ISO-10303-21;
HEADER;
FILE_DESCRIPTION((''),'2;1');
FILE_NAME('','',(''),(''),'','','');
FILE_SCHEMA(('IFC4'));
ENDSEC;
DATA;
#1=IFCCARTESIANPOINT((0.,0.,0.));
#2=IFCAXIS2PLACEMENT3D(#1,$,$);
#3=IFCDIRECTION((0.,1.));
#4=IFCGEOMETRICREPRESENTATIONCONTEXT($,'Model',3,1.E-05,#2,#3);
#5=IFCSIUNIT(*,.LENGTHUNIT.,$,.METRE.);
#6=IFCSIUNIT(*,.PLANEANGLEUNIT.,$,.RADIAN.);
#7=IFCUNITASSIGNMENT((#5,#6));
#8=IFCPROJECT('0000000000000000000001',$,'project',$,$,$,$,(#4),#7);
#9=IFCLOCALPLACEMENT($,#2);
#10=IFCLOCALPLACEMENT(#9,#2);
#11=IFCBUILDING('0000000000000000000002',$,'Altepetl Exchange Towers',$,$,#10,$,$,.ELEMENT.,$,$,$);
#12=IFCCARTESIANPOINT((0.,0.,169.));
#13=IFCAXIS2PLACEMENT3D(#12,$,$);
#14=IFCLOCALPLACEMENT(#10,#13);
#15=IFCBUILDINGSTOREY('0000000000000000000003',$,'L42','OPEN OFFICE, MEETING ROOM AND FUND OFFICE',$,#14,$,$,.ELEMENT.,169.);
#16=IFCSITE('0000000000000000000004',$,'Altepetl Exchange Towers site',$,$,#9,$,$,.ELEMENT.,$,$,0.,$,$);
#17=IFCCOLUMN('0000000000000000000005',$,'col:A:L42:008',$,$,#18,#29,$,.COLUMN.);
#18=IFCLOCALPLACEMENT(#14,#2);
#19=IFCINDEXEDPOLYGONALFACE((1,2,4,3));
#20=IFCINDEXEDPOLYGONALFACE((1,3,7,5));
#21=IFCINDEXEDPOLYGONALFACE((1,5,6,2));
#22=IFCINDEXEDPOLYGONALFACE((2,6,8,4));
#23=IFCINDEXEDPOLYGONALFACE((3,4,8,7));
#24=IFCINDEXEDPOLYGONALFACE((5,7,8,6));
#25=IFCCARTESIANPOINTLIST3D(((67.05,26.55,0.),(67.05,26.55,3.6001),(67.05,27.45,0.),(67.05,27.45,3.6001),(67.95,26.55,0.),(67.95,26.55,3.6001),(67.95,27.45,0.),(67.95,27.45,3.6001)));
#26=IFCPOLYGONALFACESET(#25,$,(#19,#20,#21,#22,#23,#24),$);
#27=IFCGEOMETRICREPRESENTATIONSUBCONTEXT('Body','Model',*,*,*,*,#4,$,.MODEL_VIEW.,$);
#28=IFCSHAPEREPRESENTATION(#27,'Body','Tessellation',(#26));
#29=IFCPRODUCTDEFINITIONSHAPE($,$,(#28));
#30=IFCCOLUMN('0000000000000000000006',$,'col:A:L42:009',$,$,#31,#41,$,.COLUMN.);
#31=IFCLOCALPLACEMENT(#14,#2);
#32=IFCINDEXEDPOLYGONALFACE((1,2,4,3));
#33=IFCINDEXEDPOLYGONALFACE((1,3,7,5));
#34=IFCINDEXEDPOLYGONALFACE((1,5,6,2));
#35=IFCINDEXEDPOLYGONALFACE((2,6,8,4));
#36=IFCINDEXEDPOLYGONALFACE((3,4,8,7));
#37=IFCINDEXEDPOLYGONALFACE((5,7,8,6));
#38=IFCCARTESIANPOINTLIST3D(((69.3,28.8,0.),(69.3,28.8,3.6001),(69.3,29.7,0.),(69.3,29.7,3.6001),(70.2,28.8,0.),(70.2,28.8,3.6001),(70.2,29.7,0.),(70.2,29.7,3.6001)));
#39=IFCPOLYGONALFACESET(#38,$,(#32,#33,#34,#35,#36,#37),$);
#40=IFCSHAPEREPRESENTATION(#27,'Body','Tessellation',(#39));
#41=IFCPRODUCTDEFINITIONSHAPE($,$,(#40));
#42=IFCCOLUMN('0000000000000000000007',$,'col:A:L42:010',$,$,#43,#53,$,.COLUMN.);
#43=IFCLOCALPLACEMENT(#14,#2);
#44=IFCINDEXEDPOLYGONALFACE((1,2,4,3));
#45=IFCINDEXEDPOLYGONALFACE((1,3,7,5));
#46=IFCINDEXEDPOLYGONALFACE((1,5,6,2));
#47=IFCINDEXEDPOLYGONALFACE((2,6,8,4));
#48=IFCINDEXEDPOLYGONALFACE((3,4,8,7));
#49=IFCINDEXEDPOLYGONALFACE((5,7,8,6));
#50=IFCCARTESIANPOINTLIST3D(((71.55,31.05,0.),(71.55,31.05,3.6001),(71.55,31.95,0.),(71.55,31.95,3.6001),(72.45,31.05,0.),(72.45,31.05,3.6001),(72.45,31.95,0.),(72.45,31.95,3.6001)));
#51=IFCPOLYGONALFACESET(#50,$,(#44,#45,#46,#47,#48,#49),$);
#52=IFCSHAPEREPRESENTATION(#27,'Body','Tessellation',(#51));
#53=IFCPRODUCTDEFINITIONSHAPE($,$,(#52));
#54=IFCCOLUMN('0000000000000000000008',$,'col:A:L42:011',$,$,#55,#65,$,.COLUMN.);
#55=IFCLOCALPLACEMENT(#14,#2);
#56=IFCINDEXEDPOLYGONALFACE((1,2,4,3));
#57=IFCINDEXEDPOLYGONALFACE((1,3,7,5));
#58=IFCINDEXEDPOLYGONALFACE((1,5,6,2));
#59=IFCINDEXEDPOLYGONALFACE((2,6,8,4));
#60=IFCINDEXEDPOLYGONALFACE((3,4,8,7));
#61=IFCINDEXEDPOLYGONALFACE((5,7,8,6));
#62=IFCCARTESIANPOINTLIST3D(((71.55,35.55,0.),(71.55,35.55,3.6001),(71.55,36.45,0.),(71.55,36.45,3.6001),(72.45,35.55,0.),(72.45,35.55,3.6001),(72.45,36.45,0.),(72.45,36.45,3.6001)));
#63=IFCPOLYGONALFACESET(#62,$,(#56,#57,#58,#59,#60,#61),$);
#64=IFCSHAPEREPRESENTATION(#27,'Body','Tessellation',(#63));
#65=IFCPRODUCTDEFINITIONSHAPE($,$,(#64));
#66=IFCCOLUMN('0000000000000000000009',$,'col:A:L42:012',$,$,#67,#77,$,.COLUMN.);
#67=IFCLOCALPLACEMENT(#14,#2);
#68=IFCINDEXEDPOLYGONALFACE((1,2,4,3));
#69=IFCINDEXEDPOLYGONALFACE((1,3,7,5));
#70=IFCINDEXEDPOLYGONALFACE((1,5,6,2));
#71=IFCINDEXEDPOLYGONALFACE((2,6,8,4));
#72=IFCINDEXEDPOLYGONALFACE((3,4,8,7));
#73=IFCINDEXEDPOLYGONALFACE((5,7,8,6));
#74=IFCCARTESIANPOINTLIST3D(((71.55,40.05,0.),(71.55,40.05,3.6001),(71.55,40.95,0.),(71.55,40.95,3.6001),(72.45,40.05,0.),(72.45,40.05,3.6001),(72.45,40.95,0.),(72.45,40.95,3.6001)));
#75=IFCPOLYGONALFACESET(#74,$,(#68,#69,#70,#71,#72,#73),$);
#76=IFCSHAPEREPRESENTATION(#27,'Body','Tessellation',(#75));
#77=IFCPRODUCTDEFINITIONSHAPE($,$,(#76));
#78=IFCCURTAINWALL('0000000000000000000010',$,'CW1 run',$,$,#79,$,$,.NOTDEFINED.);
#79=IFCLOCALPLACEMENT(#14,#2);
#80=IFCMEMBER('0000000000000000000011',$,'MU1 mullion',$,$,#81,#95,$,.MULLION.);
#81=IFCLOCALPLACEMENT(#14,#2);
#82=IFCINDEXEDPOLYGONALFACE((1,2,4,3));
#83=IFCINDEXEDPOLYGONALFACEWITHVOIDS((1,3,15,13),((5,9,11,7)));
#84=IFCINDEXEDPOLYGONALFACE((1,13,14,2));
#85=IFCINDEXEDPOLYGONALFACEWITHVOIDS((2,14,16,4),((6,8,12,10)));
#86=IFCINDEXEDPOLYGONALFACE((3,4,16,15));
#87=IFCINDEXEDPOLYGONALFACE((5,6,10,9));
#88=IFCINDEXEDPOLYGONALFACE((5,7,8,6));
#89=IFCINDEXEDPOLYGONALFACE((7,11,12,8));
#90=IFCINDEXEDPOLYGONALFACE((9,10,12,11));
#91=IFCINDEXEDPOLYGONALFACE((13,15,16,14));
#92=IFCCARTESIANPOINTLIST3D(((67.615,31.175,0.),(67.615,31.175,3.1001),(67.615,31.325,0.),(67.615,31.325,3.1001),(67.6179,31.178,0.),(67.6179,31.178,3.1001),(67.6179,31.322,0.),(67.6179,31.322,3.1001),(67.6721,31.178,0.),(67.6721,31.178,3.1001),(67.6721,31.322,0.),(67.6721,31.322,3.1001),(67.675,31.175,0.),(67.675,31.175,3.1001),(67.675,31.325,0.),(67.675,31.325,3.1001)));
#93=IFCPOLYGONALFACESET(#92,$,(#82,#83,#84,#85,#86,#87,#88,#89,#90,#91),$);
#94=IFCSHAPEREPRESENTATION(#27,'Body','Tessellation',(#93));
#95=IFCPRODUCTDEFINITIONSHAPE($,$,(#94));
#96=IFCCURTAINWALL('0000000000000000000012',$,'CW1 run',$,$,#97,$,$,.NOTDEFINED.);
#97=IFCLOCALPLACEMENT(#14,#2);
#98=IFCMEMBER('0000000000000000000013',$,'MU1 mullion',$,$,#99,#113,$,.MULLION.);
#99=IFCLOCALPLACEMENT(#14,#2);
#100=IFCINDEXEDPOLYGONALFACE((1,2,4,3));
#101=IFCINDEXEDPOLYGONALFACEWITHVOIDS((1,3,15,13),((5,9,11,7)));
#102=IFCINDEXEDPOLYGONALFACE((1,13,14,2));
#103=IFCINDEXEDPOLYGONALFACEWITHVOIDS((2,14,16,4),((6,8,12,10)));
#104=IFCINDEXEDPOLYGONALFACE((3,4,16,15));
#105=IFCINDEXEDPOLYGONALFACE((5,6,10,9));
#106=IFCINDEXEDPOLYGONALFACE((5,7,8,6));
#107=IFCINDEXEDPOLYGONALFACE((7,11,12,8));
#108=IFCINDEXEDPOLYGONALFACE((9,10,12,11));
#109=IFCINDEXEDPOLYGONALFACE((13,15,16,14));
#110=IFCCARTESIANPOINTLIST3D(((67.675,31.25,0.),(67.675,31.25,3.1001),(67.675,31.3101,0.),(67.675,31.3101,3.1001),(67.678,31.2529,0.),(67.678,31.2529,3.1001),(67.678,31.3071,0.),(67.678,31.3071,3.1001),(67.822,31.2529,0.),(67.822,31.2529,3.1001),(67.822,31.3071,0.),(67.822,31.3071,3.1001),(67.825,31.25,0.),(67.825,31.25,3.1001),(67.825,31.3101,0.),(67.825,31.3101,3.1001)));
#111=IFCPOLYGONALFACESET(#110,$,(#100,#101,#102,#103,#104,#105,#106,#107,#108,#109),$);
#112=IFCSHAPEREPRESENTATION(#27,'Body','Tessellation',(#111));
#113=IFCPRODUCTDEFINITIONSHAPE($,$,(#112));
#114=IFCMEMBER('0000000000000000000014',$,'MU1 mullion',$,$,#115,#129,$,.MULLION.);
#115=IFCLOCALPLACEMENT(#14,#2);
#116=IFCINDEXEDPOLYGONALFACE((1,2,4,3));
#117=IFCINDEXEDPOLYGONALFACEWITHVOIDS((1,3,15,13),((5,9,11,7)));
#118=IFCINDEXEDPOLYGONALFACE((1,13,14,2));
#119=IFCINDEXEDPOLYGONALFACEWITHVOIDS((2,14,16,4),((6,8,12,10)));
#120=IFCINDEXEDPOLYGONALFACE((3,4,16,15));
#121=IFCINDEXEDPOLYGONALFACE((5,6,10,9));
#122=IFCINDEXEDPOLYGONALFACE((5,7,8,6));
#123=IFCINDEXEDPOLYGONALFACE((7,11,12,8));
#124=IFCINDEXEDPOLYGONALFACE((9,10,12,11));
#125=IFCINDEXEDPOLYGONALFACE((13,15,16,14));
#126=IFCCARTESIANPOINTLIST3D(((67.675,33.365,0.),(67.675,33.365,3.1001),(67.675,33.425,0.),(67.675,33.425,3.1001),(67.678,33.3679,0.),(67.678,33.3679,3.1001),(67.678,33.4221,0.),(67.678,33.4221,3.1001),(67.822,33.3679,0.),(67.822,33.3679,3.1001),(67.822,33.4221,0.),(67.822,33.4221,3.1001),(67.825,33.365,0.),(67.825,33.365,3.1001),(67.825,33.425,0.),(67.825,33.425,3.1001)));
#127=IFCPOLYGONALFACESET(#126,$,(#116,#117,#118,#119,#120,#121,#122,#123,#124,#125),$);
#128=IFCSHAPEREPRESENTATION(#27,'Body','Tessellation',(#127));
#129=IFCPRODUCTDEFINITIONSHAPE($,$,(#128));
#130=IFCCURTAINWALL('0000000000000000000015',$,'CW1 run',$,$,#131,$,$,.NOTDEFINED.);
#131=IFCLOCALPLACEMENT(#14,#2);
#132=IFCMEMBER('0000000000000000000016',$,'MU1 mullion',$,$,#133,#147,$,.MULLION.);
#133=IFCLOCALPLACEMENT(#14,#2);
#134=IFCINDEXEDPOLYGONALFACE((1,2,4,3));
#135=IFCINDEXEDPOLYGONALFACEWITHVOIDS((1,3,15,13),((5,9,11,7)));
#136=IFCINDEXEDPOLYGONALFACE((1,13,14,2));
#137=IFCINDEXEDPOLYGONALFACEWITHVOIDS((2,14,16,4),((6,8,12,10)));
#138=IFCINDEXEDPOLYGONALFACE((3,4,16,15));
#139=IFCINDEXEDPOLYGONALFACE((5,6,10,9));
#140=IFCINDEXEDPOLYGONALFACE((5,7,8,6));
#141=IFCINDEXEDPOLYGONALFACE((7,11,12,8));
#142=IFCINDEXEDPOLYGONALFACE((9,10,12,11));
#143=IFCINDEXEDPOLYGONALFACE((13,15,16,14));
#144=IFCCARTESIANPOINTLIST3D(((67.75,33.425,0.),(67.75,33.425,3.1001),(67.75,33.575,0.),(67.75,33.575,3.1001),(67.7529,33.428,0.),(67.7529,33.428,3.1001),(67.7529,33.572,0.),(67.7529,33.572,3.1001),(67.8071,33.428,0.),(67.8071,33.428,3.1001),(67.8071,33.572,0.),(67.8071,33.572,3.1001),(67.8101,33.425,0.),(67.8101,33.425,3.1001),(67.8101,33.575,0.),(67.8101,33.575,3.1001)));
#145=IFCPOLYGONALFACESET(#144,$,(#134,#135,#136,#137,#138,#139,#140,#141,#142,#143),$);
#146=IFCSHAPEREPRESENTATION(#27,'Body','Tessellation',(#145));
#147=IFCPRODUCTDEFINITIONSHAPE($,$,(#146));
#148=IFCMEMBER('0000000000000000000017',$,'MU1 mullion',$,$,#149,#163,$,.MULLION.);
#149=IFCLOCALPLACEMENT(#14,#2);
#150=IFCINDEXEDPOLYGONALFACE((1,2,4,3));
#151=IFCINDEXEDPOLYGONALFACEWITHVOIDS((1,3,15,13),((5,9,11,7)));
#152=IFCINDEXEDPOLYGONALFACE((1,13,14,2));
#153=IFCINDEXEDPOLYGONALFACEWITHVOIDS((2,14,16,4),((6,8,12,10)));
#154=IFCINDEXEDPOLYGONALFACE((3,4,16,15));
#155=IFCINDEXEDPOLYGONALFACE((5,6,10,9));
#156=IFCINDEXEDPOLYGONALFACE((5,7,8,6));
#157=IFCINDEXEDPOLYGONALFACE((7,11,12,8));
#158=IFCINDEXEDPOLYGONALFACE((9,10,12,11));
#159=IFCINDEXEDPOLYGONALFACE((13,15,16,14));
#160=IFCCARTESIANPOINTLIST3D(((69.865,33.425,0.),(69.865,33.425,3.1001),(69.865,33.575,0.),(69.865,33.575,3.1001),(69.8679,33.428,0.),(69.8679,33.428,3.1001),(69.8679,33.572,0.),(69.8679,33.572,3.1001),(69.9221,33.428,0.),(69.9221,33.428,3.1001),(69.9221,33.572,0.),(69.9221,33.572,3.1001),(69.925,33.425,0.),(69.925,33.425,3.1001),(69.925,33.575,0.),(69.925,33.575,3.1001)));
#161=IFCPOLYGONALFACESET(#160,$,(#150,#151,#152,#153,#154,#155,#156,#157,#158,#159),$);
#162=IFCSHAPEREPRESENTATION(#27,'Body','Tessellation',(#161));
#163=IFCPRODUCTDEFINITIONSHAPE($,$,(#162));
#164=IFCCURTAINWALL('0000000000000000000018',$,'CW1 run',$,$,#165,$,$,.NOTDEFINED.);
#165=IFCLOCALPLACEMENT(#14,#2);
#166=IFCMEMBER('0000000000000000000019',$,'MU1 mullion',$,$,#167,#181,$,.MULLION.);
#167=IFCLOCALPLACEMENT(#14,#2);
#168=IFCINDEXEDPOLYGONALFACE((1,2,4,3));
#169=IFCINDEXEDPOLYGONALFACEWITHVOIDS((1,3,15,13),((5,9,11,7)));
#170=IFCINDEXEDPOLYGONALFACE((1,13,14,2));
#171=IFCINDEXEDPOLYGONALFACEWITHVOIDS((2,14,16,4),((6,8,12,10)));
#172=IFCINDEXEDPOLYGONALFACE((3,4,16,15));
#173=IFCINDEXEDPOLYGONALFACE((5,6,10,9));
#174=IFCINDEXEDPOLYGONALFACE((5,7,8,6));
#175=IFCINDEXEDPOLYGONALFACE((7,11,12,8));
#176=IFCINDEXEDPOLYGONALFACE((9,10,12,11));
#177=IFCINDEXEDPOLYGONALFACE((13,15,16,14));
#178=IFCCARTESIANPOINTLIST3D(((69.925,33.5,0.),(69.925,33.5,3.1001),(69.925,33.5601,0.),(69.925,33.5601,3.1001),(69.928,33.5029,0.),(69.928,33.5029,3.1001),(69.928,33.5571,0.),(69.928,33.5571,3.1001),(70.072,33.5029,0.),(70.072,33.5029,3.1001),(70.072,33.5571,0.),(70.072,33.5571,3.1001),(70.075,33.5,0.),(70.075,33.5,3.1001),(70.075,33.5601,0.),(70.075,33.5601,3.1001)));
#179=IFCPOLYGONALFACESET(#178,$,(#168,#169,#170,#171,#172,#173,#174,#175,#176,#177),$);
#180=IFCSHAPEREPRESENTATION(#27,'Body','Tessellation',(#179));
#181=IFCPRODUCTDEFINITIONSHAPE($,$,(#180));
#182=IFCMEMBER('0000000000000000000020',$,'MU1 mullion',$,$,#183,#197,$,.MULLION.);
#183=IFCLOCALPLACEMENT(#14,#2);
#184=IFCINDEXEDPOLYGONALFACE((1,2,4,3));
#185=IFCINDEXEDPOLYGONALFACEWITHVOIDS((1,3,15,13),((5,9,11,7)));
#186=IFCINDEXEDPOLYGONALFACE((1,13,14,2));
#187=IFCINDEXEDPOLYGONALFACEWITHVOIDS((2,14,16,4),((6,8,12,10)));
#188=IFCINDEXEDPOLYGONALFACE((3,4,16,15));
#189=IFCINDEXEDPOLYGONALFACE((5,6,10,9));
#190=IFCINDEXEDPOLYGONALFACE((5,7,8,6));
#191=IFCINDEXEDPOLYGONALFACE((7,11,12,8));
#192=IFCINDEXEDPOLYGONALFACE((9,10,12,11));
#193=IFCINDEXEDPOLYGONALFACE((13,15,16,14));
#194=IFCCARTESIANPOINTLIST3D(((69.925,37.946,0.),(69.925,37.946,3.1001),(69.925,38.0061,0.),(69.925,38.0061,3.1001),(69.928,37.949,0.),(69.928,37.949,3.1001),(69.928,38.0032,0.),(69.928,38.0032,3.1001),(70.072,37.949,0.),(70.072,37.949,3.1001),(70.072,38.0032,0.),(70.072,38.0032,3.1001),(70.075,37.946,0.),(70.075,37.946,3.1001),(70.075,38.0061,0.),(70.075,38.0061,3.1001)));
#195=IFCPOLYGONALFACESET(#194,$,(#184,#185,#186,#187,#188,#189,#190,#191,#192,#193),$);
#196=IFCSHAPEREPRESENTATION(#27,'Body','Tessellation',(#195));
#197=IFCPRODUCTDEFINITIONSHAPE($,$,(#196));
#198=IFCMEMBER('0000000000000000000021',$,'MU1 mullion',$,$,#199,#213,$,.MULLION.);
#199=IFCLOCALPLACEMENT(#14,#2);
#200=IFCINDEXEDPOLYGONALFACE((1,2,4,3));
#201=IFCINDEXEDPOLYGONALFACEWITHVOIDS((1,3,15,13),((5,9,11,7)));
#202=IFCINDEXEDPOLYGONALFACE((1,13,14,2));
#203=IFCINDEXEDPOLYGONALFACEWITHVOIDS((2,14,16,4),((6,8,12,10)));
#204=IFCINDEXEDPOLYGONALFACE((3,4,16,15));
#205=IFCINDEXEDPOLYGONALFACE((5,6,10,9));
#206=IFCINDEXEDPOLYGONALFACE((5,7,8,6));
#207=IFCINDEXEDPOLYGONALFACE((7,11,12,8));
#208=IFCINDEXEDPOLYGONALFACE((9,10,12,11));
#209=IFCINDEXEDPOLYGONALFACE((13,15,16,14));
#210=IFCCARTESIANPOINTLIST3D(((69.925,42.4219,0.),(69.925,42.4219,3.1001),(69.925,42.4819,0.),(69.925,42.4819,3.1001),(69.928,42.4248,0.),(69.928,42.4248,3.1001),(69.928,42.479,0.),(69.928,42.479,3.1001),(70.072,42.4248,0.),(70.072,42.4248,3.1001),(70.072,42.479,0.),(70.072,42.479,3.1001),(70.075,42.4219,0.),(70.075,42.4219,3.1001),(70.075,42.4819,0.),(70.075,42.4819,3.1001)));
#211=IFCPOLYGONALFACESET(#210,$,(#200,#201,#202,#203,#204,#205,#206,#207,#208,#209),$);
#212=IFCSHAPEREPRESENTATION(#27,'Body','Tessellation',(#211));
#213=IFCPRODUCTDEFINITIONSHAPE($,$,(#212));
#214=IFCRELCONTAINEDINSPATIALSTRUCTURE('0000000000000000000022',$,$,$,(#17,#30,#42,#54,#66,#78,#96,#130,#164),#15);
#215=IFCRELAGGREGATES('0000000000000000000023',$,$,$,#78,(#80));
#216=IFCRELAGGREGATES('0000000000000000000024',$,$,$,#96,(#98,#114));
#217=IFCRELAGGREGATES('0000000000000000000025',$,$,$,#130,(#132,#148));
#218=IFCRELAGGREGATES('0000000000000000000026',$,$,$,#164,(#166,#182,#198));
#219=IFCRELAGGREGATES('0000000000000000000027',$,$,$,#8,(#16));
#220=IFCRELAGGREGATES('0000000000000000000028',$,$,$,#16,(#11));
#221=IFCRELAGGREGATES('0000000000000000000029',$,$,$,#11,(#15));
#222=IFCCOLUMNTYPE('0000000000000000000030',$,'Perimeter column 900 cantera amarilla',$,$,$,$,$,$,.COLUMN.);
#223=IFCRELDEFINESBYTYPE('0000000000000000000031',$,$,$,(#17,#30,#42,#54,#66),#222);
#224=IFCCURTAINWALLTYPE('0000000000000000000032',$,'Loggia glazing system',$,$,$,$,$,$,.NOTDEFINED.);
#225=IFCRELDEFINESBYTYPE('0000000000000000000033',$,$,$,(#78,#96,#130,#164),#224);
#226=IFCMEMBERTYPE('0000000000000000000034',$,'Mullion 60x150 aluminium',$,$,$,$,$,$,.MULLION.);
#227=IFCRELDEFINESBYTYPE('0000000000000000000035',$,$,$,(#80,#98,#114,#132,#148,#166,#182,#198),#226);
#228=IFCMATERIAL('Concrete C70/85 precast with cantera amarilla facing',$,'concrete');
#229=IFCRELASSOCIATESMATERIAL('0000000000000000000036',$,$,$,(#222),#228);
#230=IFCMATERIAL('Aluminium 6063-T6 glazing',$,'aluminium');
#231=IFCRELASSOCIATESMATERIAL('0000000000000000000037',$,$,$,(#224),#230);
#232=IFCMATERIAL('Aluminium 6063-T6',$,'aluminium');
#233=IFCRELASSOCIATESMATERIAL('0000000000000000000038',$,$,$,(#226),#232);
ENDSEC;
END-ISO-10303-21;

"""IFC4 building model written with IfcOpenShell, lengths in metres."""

from ifc_helpers import new_model, si_unit, direction, frame, origin, origin_2d, place, context, subcontext, project, spatial, rectangle, hollow_rectangle, extrude, material, material_profile, profile_set, type_object, element, aggregate, save


model = new_model("IFC4")

# Units and contexts
model_context = context("Model", 3, precision=1e-05, world=origin(), true_north=direction((0.0, 1.0)))
body_context = subcontext(model_context, "Body", "Model", "MODEL_VIEW")
ifc_project = project(units=[si_unit("LENGTHUNIT", "METRE"), si_unit("PLANEANGLEUNIT", "RADIAN")], contexts=[model_context])

# Site, building, storey
site_placement = place(None, origin())
site = spatial("IfcSite", under=ifc_project, at=site_placement, Name="Altepetl Exchange Towers site", CompositionType="ELEMENT", RefElevation=0.0)
building_placement = place(site_placement, origin())
building = spatial("IfcBuilding", under=site, at=building_placement, Name="Altepetl Exchange Towers", CompositionType="ELEMENT")
storey_placement = place(building_placement, frame((0.0, 0.0, 169.0)))
storey = spatial("IfcBuildingStorey", under=building, at=storey_placement, Name="L42", Description="OPEN OFFICE, MEETING ROOM AND FUND OFFICE", CompositionType="ELEMENT", Elevation=169.0)

# Columns
ifc_material_1 = material(Name="Concrete C70/85 precast with cantera amarilla facing", Category="concrete")
ifc_material_profile_1 = material_profile(ifc_material_1, rectangle(XDim=0.8999, YDim=0.8999, at=origin_2d()), Name="900 x 900")
ifc_profile_set_1 = profile_set([ifc_material_profile_1], Name="Concrete C70/85 precast with cantera amarilla facing")
column_type = type_object("IfcColumnType", Name="Perimeter column 900 cantera amarilla", PredefinedType="COLUMN", material=ifc_profile_set_1)
for number, where, name in (
    (1, (67.5, 27.0, 0.0), "col:A:L42:008"),
    (2, (69.75, 29.25, 0.0), "col:A:L42:009"),
    (3, (72.0, 31.5, 0.0), "col:A:L42:010"),
    (4, (72.0, 36.0, 0.0), "col:A:L42:011"),
    (5, (72.0, 40.5, 0.0), "col:A:L42:012"),
):
    element("IfcColumn", number, at=place(storey_placement, frame(where)), inside=storey, type_object=column_type, Name=name, PredefinedType="COLUMN", context=body_context, shape_type="SweptSolid", body=[
        extrude(rectangle(XDim=0.8999, YDim=0.8999, at=origin_2d()), origin(), (0.0, 0.0, 1.0), 3.6001),
    ])

# Curtain wall, member
ifc_material_2 = material(Name="Aluminium 6063-T6 glazing", Category="aluminium")
curtain_wall_type = type_object("IfcCurtainWallType", Name="Loggia glazing system", PredefinedType="NOTDEFINED", material=ifc_material_2)
curtain_wall_1_placement = place(storey_placement, origin())
curtain_wall_1 = element("IfcCurtainWall", 6, at=curtain_wall_1_placement, inside=storey, type_object=curtain_wall_type, Name="CW1 run", PredefinedType="NOTDEFINED")
ifc_material_3 = material(Name="Aluminium 6063-T6", Category="aluminium")
ifc_material_profile_2 = material_profile(ifc_material_3, hollow_rectangle(XDim=0.0601, YDim=0.1499, WallThickness=0.0029, at=origin_2d()), Name="Mullion 60x150 aluminium")
ifc_profile_set_2 = profile_set([ifc_material_profile_2], Name="Aluminium 6063-T6")
member_type = type_object("IfcMemberType", Name="Mullion 60x150 aluminium", PredefinedType="MULLION", material=ifc_profile_set_2)
member_1_placement = place(storey_placement, frame((67.645, 31.25, 0.0)))
member_1 = element("IfcMember", 7, at=member_1_placement, type_object=member_type, Name="MU1 mullion", PredefinedType="MULLION", context=body_context, shape_type="SweptSolid", body=[
    extrude(hollow_rectangle(XDim=0.0601, YDim=0.1499, WallThickness=0.0029, at=origin_2d()), origin(), (0.0, 0.0, 1.0), 3.1001),
])

# Curtain walls, members
curtain_wall_2_placement = place(storey_placement, origin())
curtain_wall_2 = element("IfcCurtainWall", 8, at=curtain_wall_2_placement, inside=storey, type_object=curtain_wall_type, Name="CW1 run", PredefinedType="NOTDEFINED")
member_2_placement = place(storey_placement, frame((67.75, 31.28, 0.0), z_axis=(0.0, 0.0, 1.0), x_axis=(0.0, 1.0, 0.0)))
member_2 = element("IfcMember", 9, at=member_2_placement, type_object=member_type, Name="MU1 mullion", PredefinedType="MULLION", context=body_context, shape_type="SweptSolid", body=[
    extrude(hollow_rectangle(XDim=0.0601, YDim=0.1499, WallThickness=0.0029, at=origin_2d()), origin(), (0.0, 0.0, 1.0), 3.1001),
])
member_3_placement = place(storey_placement, frame((67.75, 33.395, 0.0), z_axis=(0.0, 0.0, 1.0), x_axis=(0.0, 1.0, 0.0)))
member_3 = element("IfcMember", 10, at=member_3_placement, type_object=member_type, Name="MU1 mullion", PredefinedType="MULLION", context=body_context, shape_type="SweptSolid", body=[
    extrude(hollow_rectangle(XDim=0.0601, YDim=0.1499, WallThickness=0.0029, at=origin_2d()), origin(), (0.0, 0.0, 1.0), 3.1001),
])
curtain_wall_3_placement = place(storey_placement, origin())
curtain_wall_3 = element("IfcCurtainWall", 11, at=curtain_wall_3_placement, inside=storey, type_object=curtain_wall_type, Name="CW1 run", PredefinedType="NOTDEFINED")
member_4_placement = place(storey_placement, frame((67.78, 33.5, 0.0)))
member_4 = element("IfcMember", 12, at=member_4_placement, type_object=member_type, Name="MU1 mullion", PredefinedType="MULLION", context=body_context, shape_type="SweptSolid", body=[
    extrude(hollow_rectangle(XDim=0.0601, YDim=0.1499, WallThickness=0.0029, at=origin_2d()), origin(), (0.0, 0.0, 1.0), 3.1001),
])
member_5_placement = place(storey_placement, frame((69.895, 33.5, 0.0)))
member_5 = element("IfcMember", 13, at=member_5_placement, type_object=member_type, Name="MU1 mullion", PredefinedType="MULLION", context=body_context, shape_type="SweptSolid", body=[
    extrude(hollow_rectangle(XDim=0.0601, YDim=0.1499, WallThickness=0.0029, at=origin_2d()), origin(), (0.0, 0.0, 1.0), 3.1001),
])
curtain_wall_4_placement = place(storey_placement, origin())
curtain_wall_4 = element("IfcCurtainWall", 14, at=curtain_wall_4_placement, inside=storey, type_object=curtain_wall_type, Name="CW1 run", PredefinedType="NOTDEFINED")
member_6_placement = place(storey_placement, frame((70.0, 33.53, 0.0), z_axis=(0.0, 0.0, 1.0), x_axis=(0.0, 1.0, 0.0)))
member_6 = element("IfcMember", 15, at=member_6_placement, type_object=member_type, Name="MU1 mullion", PredefinedType="MULLION", context=body_context, shape_type="SweptSolid", body=[
    extrude(hollow_rectangle(XDim=0.0601, YDim=0.1499, WallThickness=0.0029, at=origin_2d()), origin(), (0.0, 0.0, 1.0), 3.1001),
])
member_7_placement = place(storey_placement, frame((70.0, 37.9761, 0.0), z_axis=(0.0, 0.0, 1.0), x_axis=(0.0, 1.0, 0.0)))
member_7 = element("IfcMember", 16, at=member_7_placement, type_object=member_type, Name="MU1 mullion", PredefinedType="MULLION", context=body_context, shape_type="SweptSolid", body=[
    extrude(hollow_rectangle(XDim=0.0601, YDim=0.1499, WallThickness=0.0029, at=origin_2d()), origin(), (0.0, 0.0, 1.0), 3.1001),
])
member_8_placement = place(storey_placement, frame((70.0, 42.4519, 0.0), z_axis=(0.0, 0.0, 1.0), x_axis=(0.0, 1.0, 0.0)))
member_8 = element("IfcMember", 17, at=member_8_placement, type_object=member_type, Name="MU1 mullion", PredefinedType="MULLION", context=body_context, shape_type="SweptSolid", body=[
    extrude(hollow_rectangle(XDim=0.0601, YDim=0.1499, WallThickness=0.0029, at=origin_2d()), origin(), (0.0, 0.0, 1.0), 3.1001),
])

aggregate(curtain_wall_1, [member_1])
aggregate(curtain_wall_2, [member_2, member_3])
aggregate(curtain_wall_3, [member_4, member_5])
aggregate(curtain_wall_4, [member_6, member_7, member_8])

save(model, "model.ifc")
